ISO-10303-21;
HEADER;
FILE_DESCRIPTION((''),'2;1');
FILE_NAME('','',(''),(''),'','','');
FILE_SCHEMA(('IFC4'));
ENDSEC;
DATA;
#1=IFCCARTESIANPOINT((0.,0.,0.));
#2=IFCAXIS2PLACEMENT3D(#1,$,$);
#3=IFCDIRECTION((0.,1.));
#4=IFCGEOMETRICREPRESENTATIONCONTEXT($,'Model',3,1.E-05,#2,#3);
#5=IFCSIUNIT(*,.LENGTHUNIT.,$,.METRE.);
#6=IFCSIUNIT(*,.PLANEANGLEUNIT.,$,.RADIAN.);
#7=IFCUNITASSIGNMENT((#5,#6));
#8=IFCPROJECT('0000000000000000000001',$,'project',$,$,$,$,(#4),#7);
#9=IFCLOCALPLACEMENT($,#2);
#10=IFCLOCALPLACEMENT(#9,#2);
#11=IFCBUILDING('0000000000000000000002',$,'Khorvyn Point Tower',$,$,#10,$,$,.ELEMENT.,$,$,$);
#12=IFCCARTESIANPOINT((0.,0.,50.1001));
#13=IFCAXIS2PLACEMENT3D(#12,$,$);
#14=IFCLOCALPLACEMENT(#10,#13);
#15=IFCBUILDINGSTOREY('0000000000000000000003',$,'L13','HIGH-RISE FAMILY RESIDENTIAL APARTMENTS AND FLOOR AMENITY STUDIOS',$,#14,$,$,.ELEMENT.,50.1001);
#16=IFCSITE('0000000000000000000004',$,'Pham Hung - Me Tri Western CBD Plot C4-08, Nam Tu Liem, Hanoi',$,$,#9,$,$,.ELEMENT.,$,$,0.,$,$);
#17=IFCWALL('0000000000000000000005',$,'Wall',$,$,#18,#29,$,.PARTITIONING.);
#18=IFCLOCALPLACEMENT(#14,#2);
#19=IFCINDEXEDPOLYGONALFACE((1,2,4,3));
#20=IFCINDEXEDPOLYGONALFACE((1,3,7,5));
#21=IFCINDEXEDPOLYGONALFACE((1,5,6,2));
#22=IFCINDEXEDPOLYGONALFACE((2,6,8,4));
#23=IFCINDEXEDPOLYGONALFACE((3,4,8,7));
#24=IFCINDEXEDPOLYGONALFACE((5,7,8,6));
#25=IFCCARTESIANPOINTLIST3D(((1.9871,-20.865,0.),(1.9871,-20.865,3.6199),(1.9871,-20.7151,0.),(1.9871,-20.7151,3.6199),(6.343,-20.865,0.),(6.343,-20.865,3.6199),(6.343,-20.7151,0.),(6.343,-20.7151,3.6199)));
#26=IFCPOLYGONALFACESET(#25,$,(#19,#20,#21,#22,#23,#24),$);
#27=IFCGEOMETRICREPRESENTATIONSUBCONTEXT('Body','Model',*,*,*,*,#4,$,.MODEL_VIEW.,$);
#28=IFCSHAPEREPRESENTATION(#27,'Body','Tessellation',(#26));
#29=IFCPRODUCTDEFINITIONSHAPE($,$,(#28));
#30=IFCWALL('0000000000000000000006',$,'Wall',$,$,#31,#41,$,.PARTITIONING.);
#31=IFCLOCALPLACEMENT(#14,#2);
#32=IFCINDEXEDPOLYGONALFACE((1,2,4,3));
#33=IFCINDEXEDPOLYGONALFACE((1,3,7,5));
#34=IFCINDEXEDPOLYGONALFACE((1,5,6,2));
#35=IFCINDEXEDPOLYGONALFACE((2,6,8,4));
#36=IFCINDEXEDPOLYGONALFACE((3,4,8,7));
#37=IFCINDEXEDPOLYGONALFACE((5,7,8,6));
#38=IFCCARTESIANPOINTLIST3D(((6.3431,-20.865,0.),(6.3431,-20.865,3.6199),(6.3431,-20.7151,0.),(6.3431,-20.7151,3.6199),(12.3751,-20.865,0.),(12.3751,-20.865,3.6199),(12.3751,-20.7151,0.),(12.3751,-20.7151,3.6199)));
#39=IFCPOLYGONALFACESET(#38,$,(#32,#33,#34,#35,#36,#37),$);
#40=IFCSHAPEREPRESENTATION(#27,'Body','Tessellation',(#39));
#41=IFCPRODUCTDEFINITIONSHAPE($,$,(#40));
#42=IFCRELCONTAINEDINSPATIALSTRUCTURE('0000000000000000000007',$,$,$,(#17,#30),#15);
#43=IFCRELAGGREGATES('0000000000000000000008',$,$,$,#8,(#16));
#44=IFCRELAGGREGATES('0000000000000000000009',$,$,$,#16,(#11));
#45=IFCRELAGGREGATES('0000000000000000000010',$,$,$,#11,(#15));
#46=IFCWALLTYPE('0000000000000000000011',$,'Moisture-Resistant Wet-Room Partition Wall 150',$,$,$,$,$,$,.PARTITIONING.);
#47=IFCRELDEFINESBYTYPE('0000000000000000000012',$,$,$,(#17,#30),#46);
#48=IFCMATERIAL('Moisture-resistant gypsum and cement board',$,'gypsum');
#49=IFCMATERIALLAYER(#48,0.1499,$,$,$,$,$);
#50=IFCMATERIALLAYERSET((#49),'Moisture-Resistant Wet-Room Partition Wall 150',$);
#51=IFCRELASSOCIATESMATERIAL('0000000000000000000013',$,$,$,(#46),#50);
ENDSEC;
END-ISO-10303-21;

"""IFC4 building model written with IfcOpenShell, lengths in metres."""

from ifc_helpers import new_model, si_unit, direction, frame, frame_2d, origin, place, context, subcontext, project, spatial, rectangle, extrude, material, layer, layer_set, type_object, element, save


model = new_model("IFC4")

# Units and contexts
model_context = context("Model", 3, precision=1e-05, world=origin(), true_north=direction((0.0, 1.0)))
body_context = subcontext(model_context, "Body", "Model", "MODEL_VIEW")
ifc_project = project(units=[si_unit("LENGTHUNIT", "METRE"), si_unit("PLANEANGLEUNIT", "RADIAN")], contexts=[model_context])

# Site, building, storey
site_placement = place(None, origin())
site = spatial("IfcSite", under=ifc_project, at=site_placement, Name="Pham Hung - Me Tri Western CBD Plot C4-08, Nam Tu Liem, Hanoi", CompositionType="ELEMENT", RefElevation=0.0)
building_placement = place(site_placement, origin())
building = spatial("IfcBuilding", under=site, at=building_placement, Name="Khorvyn Point Tower", CompositionType="ELEMENT")
storey_placement = place(building_placement, frame((0.0, 0.0, 50.1001)))
storey = spatial("IfcBuildingStorey", under=building, at=storey_placement, Name="L13", Description="HIGH-RISE FAMILY RESIDENTIAL APARTMENTS AND FLOOR AMENITY STUDIOS", CompositionType="ELEMENT", Elevation=50.1001)

# Shared definitions
ifc_material_1 = material(Name="Moisture-resistant gypsum and cement board", Category="gypsum")
ifc_layer_1 = layer(ifc_material_1, 0.1499)
ifc_layer_set_1 = layer_set([ifc_layer_1], Name="Moisture-Resistant Wet-Room Partition Wall 150")
wall_type_1 = type_object("IfcWallType", Name="Moisture-Resistant Wet-Room Partition Wall 150", PredefinedType="PARTITIONING", material=ifc_layer_set_1)

# Walls
for number, where, z_axis, x_axis, name in (
    (1, (1.9871, -20.79, 0.0), (0.0, 0.0, 1.0), (1.0, 0.0, 0.0), "Wall"),
):
    element("IfcWall", number, at=place(storey_placement, frame(where, z_axis=z_axis, x_axis=x_axis)), inside=storey, type_object=wall_type_1, Name=name, PredefinedType="PARTITIONING", context=body_context, shape_type="SweptSolid", body=[
        extrude(rectangle(XDim=4.356, YDim=0.1499, at=frame_2d((2.178, 0.0))), origin(), (0.0, 0.0, 1.0), 3.6199),
    ])
wall_1_placement = place(storey_placement, frame((6.343, -20.79, 0.0), z_axis=(0.0, 0.0, 1.0), x_axis=(1.0, 0.0, 0.0)))
element("IfcWall", 2, at=wall_1_placement, inside=storey, type_object=wall_type_1, Name="Wall", PredefinedType="PARTITIONING", context=body_context, shape_type="SweptSolid", body=[
    extrude(rectangle(XDim=6.032, YDim=0.1499, at=frame_2d((3.0161, 0.0))), origin(), (0.0, 0.0, 1.0), 3.6199),
])

save(model, "model.ifc")
